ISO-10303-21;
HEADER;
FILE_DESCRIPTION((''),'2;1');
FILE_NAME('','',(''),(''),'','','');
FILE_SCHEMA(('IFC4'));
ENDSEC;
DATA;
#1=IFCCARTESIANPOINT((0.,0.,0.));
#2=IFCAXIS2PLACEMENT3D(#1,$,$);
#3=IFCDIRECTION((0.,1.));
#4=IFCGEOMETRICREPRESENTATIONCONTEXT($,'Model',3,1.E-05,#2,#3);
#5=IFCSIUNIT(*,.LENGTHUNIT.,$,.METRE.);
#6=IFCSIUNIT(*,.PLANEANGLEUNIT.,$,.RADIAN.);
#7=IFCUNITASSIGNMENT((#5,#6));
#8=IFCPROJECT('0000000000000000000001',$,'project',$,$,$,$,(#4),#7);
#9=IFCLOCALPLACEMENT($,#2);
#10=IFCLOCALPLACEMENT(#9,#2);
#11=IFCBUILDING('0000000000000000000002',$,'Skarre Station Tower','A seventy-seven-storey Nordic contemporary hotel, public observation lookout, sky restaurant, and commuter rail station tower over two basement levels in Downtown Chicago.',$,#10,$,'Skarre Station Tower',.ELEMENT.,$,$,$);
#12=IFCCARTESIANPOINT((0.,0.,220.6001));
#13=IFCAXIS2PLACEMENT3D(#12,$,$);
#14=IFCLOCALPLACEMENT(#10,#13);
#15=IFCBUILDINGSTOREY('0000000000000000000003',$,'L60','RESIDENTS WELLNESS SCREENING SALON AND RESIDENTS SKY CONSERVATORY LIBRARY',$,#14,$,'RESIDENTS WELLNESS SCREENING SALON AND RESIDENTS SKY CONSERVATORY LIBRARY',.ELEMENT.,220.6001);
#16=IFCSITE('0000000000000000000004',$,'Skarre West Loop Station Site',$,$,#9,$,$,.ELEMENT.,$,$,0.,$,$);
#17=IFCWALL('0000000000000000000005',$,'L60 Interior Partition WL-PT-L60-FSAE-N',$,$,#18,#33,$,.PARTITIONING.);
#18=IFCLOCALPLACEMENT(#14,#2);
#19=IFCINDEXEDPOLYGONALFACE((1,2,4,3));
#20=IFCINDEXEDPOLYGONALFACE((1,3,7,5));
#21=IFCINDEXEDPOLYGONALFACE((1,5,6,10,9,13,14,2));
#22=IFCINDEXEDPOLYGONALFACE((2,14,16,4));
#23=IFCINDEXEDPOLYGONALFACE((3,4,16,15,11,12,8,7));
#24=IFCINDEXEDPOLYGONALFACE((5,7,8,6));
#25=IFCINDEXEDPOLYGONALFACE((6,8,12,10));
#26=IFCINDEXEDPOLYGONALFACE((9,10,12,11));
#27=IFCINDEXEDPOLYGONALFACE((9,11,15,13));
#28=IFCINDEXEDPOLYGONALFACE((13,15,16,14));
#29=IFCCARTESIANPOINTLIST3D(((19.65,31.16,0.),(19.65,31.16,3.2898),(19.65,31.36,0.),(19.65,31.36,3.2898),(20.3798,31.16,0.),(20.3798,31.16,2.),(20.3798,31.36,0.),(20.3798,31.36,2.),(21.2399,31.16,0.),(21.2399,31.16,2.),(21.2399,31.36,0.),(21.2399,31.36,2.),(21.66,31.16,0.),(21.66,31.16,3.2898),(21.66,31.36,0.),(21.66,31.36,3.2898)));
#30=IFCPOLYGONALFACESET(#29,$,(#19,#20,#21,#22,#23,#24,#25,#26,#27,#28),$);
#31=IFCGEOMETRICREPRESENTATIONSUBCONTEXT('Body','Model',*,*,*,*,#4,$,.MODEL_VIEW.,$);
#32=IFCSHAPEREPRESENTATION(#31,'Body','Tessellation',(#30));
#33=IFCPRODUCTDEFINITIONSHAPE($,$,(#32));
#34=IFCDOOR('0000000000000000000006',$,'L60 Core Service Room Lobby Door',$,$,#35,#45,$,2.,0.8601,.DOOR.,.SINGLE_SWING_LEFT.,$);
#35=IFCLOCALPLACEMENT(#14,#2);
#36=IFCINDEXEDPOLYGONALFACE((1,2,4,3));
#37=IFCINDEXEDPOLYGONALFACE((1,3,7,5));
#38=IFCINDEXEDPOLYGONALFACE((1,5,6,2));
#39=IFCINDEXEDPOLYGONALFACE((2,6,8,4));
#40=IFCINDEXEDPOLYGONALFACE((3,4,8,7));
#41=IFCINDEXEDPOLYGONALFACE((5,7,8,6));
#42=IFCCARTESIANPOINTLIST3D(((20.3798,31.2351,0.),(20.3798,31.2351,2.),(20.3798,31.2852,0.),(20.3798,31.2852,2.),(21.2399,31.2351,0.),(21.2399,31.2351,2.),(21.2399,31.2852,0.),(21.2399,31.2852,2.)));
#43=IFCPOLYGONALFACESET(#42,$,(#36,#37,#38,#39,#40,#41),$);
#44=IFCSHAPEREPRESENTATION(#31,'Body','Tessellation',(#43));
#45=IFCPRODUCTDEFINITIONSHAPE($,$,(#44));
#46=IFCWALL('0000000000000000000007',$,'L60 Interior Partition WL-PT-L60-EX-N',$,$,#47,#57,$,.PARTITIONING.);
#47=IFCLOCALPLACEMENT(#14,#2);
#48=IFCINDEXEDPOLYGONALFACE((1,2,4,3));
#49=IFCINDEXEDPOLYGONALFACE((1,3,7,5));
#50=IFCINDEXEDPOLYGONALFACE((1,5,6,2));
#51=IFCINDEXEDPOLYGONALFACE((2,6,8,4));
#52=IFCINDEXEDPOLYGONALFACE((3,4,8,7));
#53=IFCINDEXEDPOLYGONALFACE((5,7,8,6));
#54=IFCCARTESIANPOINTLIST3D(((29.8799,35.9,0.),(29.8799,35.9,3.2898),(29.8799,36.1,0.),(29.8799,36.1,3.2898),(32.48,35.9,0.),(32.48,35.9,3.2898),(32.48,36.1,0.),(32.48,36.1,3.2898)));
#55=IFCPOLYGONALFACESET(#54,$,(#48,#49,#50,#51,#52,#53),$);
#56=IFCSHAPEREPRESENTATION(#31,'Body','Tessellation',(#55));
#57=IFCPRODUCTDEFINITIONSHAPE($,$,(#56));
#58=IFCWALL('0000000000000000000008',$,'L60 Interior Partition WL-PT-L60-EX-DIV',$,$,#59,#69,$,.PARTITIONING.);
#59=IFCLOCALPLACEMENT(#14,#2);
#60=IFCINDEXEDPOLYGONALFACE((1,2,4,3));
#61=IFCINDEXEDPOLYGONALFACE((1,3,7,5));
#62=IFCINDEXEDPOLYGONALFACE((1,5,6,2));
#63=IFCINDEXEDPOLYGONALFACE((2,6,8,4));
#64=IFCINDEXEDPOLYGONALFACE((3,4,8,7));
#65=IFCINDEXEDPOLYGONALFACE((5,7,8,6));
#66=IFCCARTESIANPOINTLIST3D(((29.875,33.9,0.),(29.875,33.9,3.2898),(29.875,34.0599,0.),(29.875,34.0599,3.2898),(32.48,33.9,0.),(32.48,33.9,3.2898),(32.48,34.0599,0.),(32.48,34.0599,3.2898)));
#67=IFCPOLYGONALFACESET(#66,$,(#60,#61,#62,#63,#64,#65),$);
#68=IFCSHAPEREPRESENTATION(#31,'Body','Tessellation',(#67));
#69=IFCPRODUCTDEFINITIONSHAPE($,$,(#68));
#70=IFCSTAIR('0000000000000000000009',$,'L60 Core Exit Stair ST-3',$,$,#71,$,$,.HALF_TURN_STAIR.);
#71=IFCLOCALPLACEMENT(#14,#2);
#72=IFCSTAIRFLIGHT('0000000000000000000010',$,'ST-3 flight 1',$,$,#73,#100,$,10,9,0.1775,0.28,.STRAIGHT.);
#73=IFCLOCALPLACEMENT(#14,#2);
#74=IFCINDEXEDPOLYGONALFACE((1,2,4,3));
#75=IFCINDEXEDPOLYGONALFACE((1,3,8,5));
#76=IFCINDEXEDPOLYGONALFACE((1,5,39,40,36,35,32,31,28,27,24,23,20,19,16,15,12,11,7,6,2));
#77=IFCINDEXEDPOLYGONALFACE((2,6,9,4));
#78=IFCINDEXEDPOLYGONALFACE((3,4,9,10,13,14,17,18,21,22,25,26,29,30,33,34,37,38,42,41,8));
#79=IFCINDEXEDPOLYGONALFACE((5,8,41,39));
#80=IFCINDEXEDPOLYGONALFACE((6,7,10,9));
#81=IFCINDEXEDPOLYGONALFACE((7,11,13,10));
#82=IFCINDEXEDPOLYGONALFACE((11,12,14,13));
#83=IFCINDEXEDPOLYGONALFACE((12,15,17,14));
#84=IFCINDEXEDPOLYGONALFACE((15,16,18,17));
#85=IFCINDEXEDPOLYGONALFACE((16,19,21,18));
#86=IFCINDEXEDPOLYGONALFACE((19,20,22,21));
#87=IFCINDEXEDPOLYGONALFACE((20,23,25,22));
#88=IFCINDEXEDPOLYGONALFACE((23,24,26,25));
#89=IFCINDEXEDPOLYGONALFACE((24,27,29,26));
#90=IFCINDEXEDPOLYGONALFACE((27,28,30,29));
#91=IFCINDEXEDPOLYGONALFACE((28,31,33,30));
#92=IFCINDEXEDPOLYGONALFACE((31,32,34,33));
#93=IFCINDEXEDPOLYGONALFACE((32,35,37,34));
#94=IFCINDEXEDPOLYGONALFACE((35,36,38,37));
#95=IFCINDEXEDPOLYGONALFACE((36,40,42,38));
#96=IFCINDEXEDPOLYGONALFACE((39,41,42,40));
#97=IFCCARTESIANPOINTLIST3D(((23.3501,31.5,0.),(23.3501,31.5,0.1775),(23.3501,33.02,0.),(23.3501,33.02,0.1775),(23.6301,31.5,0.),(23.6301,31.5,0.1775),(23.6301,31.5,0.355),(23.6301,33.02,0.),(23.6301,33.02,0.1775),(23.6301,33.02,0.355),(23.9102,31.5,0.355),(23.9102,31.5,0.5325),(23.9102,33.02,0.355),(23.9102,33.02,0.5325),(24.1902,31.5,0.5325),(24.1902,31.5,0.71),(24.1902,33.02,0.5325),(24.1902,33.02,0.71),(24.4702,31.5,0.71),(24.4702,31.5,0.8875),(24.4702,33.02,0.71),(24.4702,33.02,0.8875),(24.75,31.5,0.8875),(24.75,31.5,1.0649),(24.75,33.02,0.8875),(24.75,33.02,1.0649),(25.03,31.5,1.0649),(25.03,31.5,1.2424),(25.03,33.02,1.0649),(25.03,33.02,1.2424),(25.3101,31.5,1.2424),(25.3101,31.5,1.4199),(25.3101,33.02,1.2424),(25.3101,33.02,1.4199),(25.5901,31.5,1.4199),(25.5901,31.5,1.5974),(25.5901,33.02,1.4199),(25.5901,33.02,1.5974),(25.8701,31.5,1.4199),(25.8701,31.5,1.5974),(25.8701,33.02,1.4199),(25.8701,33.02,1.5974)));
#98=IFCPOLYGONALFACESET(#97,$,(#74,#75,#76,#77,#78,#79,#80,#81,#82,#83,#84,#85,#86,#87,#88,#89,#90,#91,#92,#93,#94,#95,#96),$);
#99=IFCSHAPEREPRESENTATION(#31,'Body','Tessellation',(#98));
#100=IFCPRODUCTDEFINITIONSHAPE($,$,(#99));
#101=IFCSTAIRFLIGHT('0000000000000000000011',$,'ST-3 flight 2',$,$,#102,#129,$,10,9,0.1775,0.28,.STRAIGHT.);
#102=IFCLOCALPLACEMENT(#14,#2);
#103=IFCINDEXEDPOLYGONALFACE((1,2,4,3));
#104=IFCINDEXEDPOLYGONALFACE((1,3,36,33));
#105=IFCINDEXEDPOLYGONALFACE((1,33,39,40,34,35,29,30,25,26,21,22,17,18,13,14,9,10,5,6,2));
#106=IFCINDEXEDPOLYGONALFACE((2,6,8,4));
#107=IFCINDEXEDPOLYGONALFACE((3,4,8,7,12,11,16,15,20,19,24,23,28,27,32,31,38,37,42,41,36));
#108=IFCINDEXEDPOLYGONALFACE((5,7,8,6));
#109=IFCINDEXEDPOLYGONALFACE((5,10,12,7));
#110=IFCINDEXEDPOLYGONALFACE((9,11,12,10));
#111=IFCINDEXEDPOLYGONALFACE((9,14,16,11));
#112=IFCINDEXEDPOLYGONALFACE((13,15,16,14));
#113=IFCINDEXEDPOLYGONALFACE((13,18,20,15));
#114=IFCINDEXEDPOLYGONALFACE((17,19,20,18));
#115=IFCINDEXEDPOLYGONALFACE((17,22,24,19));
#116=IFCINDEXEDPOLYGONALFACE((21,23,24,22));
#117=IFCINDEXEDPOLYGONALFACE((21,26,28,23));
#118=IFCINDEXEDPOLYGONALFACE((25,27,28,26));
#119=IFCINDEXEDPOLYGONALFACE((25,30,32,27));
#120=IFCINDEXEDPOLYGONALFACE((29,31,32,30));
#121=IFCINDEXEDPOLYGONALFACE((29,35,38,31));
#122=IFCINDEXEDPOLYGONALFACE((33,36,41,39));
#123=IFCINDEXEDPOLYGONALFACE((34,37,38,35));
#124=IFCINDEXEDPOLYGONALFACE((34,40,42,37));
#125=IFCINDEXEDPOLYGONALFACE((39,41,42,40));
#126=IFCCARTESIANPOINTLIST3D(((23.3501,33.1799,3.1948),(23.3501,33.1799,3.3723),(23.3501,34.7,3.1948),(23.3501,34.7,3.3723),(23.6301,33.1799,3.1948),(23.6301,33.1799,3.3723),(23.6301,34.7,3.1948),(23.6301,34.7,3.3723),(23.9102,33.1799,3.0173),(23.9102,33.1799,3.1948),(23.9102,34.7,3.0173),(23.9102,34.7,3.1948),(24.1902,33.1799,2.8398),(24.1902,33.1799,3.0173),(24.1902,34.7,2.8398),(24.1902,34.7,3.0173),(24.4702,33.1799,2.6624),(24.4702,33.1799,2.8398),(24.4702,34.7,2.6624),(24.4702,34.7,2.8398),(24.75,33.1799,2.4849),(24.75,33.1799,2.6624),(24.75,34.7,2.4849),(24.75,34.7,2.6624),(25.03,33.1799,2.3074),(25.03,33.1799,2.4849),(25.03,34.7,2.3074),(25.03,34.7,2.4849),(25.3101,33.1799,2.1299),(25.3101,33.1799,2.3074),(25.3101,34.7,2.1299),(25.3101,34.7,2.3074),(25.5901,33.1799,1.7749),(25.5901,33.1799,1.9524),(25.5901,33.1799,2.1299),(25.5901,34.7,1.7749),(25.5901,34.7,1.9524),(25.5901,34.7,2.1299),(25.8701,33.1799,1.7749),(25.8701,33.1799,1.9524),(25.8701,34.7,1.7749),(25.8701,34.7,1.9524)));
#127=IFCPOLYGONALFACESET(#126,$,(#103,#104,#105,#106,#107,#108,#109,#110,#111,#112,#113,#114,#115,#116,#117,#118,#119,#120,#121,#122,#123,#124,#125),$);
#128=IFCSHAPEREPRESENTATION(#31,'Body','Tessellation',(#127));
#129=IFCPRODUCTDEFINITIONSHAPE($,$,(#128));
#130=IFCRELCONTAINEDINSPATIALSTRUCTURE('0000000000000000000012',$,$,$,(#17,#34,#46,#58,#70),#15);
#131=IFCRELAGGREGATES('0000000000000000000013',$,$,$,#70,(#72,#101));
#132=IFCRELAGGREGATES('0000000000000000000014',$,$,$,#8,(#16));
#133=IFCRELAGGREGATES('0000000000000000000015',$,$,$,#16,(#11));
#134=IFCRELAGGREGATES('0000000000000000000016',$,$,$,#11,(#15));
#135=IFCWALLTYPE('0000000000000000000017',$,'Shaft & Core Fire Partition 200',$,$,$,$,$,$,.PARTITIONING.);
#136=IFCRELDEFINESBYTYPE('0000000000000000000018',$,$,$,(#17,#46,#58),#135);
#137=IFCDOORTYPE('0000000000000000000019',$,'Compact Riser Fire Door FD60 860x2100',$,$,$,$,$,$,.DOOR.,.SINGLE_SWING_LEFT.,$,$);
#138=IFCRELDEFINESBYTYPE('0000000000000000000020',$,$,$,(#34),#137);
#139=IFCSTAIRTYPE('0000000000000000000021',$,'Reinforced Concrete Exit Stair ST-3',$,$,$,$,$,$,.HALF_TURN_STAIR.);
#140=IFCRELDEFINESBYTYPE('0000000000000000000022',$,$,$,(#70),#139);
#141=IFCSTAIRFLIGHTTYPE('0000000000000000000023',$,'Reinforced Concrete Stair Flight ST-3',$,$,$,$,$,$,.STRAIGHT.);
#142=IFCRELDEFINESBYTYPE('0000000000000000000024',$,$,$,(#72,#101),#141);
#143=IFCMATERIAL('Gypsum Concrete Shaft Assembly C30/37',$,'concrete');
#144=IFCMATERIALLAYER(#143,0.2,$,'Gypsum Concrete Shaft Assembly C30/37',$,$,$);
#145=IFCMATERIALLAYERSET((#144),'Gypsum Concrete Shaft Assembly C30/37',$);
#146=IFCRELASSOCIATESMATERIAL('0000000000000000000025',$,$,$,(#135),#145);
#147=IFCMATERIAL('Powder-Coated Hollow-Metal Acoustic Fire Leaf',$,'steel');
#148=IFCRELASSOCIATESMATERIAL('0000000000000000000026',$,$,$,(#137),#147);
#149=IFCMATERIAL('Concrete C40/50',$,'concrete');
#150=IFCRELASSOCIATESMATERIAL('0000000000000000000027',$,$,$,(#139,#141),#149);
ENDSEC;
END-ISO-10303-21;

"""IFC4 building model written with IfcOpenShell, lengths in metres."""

from ifc_helpers import new_model, si_unit, direction, frame, frame_2d, origin, place, context, subcontext, project, spatial, polyline, rectangle, outline, extrude, material, layer, layer_set, type_object, element, fill, aggregate, save


model = new_model("IFC4")

# Units and contexts
model_context = context("Model", 3, precision=1e-05, world=origin(), true_north=direction((0.0, 1.0)))
body_context = subcontext(model_context, "Body", "Model", "MODEL_VIEW")
ifc_project = project(units=[si_unit("LENGTHUNIT", "METRE"), si_unit("PLANEANGLEUNIT", "RADIAN")], contexts=[model_context])

# Site, building, storey
site_placement = place(None, origin())
site = spatial("IfcSite", under=ifc_project, at=site_placement, Name="Skarre West Loop Station Site", CompositionType="ELEMENT", RefElevation=0.0)
building_placement = place(site_placement, origin())
building = spatial("IfcBuilding", under=site, at=building_placement, Name="Skarre Station Tower", Description="A seventy-seven-storey Nordic contemporary hotel, public observation lookout, sky restaurant, and commuter rail station tower over two basement levels in Downtown Chicago.", LongName="Skarre Station Tower", CompositionType="ELEMENT")
storey_placement = place(building_placement, frame((0.0, 0.0, 220.6001)))
storey = spatial("IfcBuildingStorey", under=building, at=storey_placement, Name="L60", Description="RESIDENTS WELLNESS SCREENING SALON AND RESIDENTS SKY CONSERVATORY LIBRARY", LongName="RESIDENTS WELLNESS SCREENING SALON AND RESIDENTS SKY CONSERVATORY LIBRARY", CompositionType="ELEMENT", Elevation=220.6001)

# Wall, opening, door
ifc_material_1 = material(Name="Gypsum Concrete Shaft Assembly C30/37", Category="concrete")
ifc_layer_1 = layer(ifc_material_1, 0.2, Name="Gypsum Concrete Shaft Assembly C30/37")
ifc_layer_set_1 = layer_set([ifc_layer_1], Name="Gypsum Concrete Shaft Assembly C30/37")
wall_type_1 = type_object("IfcWallType", Name="Shaft & Core Fire Partition 200", PredefinedType="PARTITIONING", material=ifc_layer_set_1)
wall_1_placement = place(storey_placement, frame((21.6599, 31.26, 0.0), z_axis=(0.0, 0.0, 1.0), x_axis=(-1.0, 0.0, 0.0)))
wall_1 = element("IfcWall", 1, at=wall_1_placement, inside=storey, type_object=wall_type_1, Name="L60 Interior Partition WL-PT-L60-FSAE-N", PredefinedType="PARTITIONING", context=body_context, shape_type="SweptSolid", body=[
    extrude(rectangle(XDim=2.01, YDim=0.2, at=frame_2d((1.0049, 0.0))), origin(), (0.0, 0.0, 1.0), 3.2898),
])
opening_1_placement = place(wall_1_placement, frame((0.4199, 0.0, 0.0)))
opening_1 = element("IfcOpeningElement", 2, at=opening_1_placement, cuts=wall_1, PredefinedType="OPENING", context=body_context, shape_type="SweptSolid", body=[
    extrude(rectangle(XDim=0.8601, YDim=2.0, at=frame_2d((0.4302, 1.0))), frame((0.0, 0.1099, 0.0), z_axis=(0.0, -1.0, 0.0), x_axis=(1.0, 0.0, 0.0)), (0.0, 0.0, 1.0), 0.22),
])
ifc_material_2 = material(Name="Powder-Coated Hollow-Metal Acoustic Fire Leaf", Category="steel")
door_type_1 = type_object("IfcDoorType", Name="Compact Riser Fire Door FD60 860x2100", OperationType="SINGLE_SWING_LEFT", PredefinedType="DOOR", material=ifc_material_2)
door_1_placement = place(opening_1_placement, origin())
door_1 = element("IfcDoor", 3, at=door_1_placement, inside=storey, type_object=door_type_1, Name="L60 Core Service Room Lobby Door", OperationType="SINGLE_SWING_LEFT", OverallHeight=2.0, OverallWidth=0.8601, PredefinedType="DOOR", context=body_context, shape_type="SweptSolid", body=[
    extrude(rectangle(XDim=0.8601, YDim=2.0, at=frame_2d((0.4302, 1.0))), frame((0.0, 0.0249, 0.0), z_axis=(0.0, -1.0, 0.0), x_axis=(1.0, 0.0, 0.0)), (0.0, 0.0, 1.0), 0.05),
])
fill(opening_1, door_1)

# Walls
wall_2_placement = place(storey_placement, frame((29.8799, 36.0, 0.0), z_axis=(0.0, 0.0, 1.0), x_axis=(1.0, 0.0, 0.0)))
element("IfcWall", 4, at=wall_2_placement, inside=storey, type_object=wall_type_1, Name="L60 Interior Partition WL-PT-L60-EX-N", PredefinedType="PARTITIONING", context=body_context, shape_type="SweptSolid", body=[
    extrude(rectangle(XDim=2.6001, YDim=0.2, at=frame_2d((1.3, 0.0))), origin(), (0.0, 0.0, 1.0), 3.2898),
])
wall_3_placement = place(storey_placement, frame((29.875, 33.98, 0.0), z_axis=(0.0, 0.0, 1.0), x_axis=(1.0, 0.0, 0.0)))
element("IfcWall", 5, at=wall_3_placement, inside=storey, type_object=wall_type_1, Name="L60 Interior Partition WL-PT-L60-EX-DIV", PredefinedType="PARTITIONING", context=body_context, shape_type="SweptSolid", body=[
    extrude(rectangle(XDim=2.605, YDim=0.1599, at=frame_2d((1.3025, 0.0))), origin(), (0.0, 0.0, 1.0), 3.2898),
])

# Stair, stair flights
ifc_material_3 = material(Name="Concrete C40/50", Category="concrete")
stair_type = type_object("IfcStairType", Name="Reinforced Concrete Exit Stair ST-3", PredefinedType="HALF_TURN_STAIR", material=ifc_material_3)
stair_placement = place(storey_placement, origin())
stair = element("IfcStair", 6, at=stair_placement, inside=storey, type_object=stair_type, Name="L60 Core Exit Stair ST-3", PredefinedType="HALF_TURN_STAIR")
stair_flight_type = type_object("IfcStairFlightType", Name="Reinforced Concrete Stair Flight ST-3", PredefinedType="STRAIGHT", material=ifc_material_3)
stair_flight_1_placement = place(storey_placement, frame((23.3501, 32.26, 0.0), z_axis=(0.0, 0.0, 1.0), x_axis=(1.0, 0.0, 0.0)))
stair_flight_1 = element("IfcStairFlight", 7, at=stair_flight_1_placement, type_object=stair_flight_type, Name="ST-3 flight 1", NumberOfRisers=10, NumberOfTreads=9, PredefinedType="STRAIGHT", RiserHeight=0.1775, TreadLength=0.28, context=body_context, shape_type="SweptSolid", body=[
    extrude(outline(polyline([(0.0, 0.0), (0.0, 0.1775), (0.28, 0.1775), (0.28, 0.355), (0.5601, 0.355), (0.5601, 0.5325), (0.8401, 0.5325), (0.8401, 0.71), (1.1201, 0.71), (1.1201, 0.8875), (1.3999, 0.8875), (1.3999, 1.0649), (1.6799, 1.0649), (1.6799, 1.2424), (1.96, 1.2424), (1.96, 1.4199), (2.24, 1.4199), (2.24, 1.5974), (2.52, 1.5974), (2.52, 1.7749), (2.52, 1.4199), (0.28, 0.0), (0.0, 0.0)])), frame((0.0, 0.76, 0.0), z_axis=(0.0, -1.0, 0.0), x_axis=(1.0, 0.0, 0.0)), (0.0, 0.0, 1.0), 1.52),
])
stair_flight_2_placement = place(storey_placement, frame((25.8701, 33.9399, 1.7749), z_axis=(0.0, 0.0, 1.0), x_axis=(-1.0, 0.0, 0.0)))
stair_flight_2 = element("IfcStairFlight", 8, at=stair_flight_2_placement, type_object=stair_flight_type, Name="ST-3 flight 2", NumberOfRisers=10, NumberOfTreads=9, PredefinedType="STRAIGHT", RiserHeight=0.1775, TreadLength=0.28, context=body_context, shape_type="SweptSolid", body=[
    extrude(outline(polyline([(0.0, 0.0), (0.0, 0.1775), (0.28, 0.1775), (0.28, 0.355), (0.5601, 0.355), (0.5601, 0.5325), (0.8401, 0.5325), (0.8401, 0.71), (1.1201, 0.71), (1.1201, 0.8875), (1.3999, 0.8875), (1.3999, 1.0649), (1.6799, 1.0649), (1.6799, 1.2424), (1.96, 1.2424), (1.96, 1.4199), (2.24, 1.4199), (2.24, 1.5974), (2.52, 1.5974), (2.52, 1.7749), (2.52, 1.4199), (0.28, 0.0), (0.0, 0.0)])), frame((0.0, 0.76, 0.0), z_axis=(0.0, -1.0, 0.0), x_axis=(1.0, 0.0, 0.0)), (0.0, 0.0, 1.0), 1.52),
])
aggregate(stair, [stair_flight_1, stair_flight_2])

save(model, "model.ifc")
